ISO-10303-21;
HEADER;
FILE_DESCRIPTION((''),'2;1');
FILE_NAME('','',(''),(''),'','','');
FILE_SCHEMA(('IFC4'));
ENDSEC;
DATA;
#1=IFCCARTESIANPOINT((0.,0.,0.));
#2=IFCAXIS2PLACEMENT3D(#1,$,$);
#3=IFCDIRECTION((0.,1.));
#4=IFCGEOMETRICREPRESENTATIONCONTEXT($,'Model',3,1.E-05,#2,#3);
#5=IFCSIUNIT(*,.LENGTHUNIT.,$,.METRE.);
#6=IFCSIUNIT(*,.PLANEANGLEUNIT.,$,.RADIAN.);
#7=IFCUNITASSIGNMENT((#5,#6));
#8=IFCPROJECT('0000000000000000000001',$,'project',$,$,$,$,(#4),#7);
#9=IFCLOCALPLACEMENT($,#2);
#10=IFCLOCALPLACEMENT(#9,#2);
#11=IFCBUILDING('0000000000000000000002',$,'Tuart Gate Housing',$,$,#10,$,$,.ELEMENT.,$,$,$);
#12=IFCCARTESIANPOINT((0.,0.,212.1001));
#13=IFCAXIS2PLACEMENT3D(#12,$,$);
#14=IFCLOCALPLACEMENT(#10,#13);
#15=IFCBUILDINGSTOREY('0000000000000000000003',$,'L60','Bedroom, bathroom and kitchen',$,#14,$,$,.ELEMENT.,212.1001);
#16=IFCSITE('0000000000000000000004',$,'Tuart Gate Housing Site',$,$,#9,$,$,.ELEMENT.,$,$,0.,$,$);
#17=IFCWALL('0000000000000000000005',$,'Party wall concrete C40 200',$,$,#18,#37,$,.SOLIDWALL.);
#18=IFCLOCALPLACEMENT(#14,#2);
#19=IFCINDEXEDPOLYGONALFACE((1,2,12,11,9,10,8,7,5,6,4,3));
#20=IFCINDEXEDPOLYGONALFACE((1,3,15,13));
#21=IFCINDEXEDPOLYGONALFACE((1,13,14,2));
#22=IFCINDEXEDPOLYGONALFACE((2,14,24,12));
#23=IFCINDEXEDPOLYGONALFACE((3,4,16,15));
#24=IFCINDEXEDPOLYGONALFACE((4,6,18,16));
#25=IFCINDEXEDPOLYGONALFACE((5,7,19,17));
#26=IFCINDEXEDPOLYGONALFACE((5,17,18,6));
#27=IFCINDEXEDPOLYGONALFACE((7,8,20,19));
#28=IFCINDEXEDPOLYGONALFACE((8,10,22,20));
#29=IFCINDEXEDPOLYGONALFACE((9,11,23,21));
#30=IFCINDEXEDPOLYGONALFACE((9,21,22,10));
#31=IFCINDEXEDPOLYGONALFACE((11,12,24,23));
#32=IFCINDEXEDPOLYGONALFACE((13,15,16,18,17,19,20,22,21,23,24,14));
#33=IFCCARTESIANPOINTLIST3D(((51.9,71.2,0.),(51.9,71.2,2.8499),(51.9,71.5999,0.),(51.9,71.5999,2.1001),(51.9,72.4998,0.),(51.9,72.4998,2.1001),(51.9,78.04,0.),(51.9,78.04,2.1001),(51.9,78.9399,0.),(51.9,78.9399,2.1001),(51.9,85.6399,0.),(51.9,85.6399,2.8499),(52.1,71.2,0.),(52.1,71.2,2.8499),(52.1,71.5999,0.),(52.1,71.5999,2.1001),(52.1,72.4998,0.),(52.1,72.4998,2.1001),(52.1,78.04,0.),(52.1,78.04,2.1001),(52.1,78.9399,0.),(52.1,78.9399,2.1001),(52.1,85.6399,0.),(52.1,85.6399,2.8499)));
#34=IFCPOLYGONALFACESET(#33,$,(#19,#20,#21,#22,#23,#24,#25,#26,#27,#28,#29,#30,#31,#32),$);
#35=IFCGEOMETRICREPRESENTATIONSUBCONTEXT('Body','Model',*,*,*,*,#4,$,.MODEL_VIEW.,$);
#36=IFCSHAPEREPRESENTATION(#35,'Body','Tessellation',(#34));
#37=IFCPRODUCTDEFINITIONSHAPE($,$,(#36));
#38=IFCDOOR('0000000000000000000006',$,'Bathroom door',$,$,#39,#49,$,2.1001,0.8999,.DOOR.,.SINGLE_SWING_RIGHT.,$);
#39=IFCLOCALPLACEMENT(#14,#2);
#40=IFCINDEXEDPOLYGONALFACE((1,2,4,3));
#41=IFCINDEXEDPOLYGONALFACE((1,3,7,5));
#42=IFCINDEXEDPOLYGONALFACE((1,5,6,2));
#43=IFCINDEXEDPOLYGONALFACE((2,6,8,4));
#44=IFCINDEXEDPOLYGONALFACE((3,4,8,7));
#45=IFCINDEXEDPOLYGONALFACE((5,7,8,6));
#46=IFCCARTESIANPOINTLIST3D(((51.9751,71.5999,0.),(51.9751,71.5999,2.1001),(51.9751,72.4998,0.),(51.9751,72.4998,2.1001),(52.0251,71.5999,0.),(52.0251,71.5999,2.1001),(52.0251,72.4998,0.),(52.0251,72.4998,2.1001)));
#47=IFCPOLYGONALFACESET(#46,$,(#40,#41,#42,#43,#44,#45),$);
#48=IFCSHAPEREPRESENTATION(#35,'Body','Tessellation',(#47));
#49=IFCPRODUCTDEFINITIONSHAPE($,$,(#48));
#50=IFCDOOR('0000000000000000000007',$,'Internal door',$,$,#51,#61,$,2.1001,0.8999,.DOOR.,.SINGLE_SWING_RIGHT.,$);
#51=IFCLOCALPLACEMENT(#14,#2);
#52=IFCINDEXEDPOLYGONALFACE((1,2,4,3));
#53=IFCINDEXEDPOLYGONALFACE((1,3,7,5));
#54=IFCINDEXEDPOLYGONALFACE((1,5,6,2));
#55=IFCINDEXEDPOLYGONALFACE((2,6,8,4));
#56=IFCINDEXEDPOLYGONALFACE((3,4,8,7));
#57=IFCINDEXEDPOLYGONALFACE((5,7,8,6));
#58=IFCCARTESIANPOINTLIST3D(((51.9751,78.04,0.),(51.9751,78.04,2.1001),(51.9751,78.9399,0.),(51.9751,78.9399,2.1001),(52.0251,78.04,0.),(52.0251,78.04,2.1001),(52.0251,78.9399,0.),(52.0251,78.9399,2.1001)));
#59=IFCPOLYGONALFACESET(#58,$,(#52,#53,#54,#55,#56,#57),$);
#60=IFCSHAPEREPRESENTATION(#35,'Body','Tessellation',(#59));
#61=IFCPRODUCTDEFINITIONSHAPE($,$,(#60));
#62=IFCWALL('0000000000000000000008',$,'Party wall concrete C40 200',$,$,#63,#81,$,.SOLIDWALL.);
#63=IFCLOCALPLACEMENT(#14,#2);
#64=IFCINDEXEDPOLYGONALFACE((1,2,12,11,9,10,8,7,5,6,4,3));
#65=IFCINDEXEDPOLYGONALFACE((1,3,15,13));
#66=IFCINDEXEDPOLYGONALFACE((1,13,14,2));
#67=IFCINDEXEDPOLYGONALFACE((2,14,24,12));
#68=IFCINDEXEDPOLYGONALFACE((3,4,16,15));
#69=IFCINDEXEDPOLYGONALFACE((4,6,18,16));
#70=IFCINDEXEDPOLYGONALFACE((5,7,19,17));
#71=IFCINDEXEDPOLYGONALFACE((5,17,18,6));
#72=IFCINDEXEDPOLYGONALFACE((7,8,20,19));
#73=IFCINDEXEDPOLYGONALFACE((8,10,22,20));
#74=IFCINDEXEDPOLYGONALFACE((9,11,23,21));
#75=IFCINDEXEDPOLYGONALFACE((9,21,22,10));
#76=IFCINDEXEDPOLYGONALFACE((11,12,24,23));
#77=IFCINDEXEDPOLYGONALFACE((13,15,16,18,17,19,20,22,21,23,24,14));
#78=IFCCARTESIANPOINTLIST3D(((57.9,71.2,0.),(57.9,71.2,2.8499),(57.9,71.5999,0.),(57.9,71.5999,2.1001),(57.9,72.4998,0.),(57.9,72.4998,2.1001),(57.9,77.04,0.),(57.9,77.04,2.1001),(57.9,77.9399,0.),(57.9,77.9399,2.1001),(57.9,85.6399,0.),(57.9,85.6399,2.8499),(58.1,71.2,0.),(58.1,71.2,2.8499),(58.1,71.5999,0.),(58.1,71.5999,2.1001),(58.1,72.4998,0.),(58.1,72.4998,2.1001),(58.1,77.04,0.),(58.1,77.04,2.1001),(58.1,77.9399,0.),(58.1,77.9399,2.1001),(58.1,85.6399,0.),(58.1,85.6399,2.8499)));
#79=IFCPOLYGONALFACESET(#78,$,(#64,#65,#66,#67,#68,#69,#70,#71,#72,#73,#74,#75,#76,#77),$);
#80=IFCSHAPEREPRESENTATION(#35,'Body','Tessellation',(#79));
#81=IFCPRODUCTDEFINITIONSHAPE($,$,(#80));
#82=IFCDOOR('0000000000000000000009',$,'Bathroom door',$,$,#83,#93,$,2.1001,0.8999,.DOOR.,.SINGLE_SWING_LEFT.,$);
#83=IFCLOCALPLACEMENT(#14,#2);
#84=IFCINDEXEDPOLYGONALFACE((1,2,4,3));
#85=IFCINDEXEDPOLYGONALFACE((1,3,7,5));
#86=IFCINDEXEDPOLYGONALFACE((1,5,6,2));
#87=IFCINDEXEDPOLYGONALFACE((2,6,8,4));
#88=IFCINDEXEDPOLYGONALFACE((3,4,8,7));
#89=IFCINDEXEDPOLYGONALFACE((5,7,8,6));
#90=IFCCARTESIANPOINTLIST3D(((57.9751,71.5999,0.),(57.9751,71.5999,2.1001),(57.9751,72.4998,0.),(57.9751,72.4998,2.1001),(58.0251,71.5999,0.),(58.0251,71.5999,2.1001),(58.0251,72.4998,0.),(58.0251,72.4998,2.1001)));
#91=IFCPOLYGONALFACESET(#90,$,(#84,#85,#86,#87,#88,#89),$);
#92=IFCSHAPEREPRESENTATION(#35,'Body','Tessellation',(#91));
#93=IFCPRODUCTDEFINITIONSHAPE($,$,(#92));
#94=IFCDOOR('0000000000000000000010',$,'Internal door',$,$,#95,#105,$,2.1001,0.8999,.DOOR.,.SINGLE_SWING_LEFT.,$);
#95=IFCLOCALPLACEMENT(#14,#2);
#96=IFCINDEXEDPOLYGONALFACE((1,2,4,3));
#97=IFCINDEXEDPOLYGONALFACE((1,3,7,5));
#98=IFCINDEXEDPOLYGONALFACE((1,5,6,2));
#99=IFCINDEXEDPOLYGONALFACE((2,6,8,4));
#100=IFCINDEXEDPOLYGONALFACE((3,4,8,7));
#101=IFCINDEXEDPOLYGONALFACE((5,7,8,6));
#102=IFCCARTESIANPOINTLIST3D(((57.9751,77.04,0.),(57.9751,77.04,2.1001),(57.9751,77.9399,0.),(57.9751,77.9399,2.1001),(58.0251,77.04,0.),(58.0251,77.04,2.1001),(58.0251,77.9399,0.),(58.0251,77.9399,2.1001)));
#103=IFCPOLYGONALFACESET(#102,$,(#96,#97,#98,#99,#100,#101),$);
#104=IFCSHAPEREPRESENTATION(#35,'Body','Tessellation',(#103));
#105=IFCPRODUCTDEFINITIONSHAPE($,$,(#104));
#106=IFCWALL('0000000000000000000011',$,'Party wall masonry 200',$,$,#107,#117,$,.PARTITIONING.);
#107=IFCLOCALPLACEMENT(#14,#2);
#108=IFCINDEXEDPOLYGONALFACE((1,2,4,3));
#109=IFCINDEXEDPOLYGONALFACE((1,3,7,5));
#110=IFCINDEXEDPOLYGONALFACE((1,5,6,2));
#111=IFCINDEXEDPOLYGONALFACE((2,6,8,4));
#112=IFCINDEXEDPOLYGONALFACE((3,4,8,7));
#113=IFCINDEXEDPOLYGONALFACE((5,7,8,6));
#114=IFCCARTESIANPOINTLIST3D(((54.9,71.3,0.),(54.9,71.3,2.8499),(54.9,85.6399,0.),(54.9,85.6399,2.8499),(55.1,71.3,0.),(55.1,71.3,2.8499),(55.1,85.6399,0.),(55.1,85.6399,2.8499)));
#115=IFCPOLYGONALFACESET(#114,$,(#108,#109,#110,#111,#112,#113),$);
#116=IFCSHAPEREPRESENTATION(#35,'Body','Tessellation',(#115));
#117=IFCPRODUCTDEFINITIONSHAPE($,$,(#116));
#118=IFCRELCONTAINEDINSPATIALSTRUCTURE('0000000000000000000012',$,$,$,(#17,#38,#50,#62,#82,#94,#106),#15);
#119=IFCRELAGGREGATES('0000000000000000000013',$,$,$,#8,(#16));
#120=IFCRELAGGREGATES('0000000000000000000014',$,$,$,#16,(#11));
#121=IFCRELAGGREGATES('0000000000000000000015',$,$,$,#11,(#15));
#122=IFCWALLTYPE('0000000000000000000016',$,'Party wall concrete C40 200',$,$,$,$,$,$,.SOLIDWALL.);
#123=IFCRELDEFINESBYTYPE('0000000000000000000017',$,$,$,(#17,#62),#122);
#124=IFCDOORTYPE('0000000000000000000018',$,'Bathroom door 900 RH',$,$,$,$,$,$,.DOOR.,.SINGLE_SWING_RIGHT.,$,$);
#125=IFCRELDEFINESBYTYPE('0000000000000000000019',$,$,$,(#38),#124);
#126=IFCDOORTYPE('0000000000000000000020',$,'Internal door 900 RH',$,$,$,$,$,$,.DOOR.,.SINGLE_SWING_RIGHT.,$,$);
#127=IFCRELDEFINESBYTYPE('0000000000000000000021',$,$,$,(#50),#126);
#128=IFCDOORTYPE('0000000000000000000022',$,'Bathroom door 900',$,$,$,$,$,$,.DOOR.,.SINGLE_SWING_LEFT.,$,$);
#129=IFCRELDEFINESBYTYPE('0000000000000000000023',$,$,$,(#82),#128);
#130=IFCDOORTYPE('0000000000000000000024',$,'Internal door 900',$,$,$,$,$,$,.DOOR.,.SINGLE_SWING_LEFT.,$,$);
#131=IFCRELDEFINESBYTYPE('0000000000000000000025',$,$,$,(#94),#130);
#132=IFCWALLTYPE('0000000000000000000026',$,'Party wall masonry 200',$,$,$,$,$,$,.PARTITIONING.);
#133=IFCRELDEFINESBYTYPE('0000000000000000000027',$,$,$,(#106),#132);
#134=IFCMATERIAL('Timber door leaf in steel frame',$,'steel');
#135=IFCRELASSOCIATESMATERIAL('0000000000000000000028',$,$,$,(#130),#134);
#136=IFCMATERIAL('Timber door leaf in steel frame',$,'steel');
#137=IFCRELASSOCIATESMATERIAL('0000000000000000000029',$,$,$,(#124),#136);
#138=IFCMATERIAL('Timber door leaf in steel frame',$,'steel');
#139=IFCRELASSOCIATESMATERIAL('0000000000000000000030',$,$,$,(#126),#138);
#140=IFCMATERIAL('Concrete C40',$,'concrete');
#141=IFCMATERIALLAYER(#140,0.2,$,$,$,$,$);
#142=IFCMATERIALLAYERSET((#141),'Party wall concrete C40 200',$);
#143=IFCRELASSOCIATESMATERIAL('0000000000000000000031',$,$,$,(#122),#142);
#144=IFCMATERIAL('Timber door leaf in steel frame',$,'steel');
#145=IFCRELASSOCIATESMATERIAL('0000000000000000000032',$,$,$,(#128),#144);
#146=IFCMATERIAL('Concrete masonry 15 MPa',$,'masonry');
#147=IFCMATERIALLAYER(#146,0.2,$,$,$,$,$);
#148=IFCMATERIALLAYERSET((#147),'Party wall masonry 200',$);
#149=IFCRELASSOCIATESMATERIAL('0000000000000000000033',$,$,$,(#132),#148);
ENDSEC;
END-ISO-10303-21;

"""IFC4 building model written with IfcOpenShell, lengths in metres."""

from ifc_helpers import new_model, si_unit, direction, frame, frame_2d, origin, place, context, subcontext, project, spatial, rectangle, extrude, material, layer, layer_set, type_object, element, fill, save


model = new_model("IFC4")

# Units and contexts
model_context = context("Model", 3, precision=1e-05, world=origin(), true_north=direction((0.0, 1.0)))
body_context = subcontext(model_context, "Body", "Model", "MODEL_VIEW")
ifc_project = project(units=[si_unit("LENGTHUNIT", "METRE"), si_unit("PLANEANGLEUNIT", "RADIAN")], contexts=[model_context])

# Site, building, storey
site_placement = place(None, origin())
site = spatial("IfcSite", under=ifc_project, at=site_placement, Name="Tuart Gate Housing Site", CompositionType="ELEMENT", RefElevation=0.0)
building_placement = place(site_placement, origin())
building = spatial("IfcBuilding", under=site, at=building_placement, Name="Tuart Gate Housing", CompositionType="ELEMENT")
storey_placement = place(building_placement, frame((0.0, 0.0, 212.1001)))
storey = spatial("IfcBuildingStorey", under=building, at=storey_placement, Name="L60", Description="Bedroom, bathroom and kitchen", CompositionType="ELEMENT", Elevation=212.1001)

# Shared definitions
ifc_material_1 = material(Name="Timber door leaf in steel frame", Category="steel")
door_type_1 = type_object("IfcDoorType", Name="Internal door 900", OperationType="SINGLE_SWING_LEFT", PredefinedType="DOOR", material=ifc_material_1)

# Walls, openings, doors
ifc_material_2 = material(Name="Timber door leaf in steel frame", Category="steel")
door_type_2 = type_object("IfcDoorType", Name="Bathroom door 900 RH", OperationType="SINGLE_SWING_RIGHT", PredefinedType="DOOR", material=ifc_material_2)
ifc_material_3 = material(Name="Timber door leaf in steel frame", Category="steel")
door_type_3 = type_object("IfcDoorType", Name="Internal door 900 RH", OperationType="SINGLE_SWING_RIGHT", PredefinedType="DOOR", material=ifc_material_3)
ifc_material_4 = material(Name="Concrete C40", Category="concrete")
ifc_layer_1 = layer(ifc_material_4, 0.2)
ifc_layer_set_1 = layer_set([ifc_layer_1], Name="Party wall concrete C40 200")
wall_type_1 = type_object("IfcWallType", Name="Party wall concrete C40 200", PredefinedType="SOLIDWALL", material=ifc_layer_set_1)
wall_1_placement = place(storey_placement, frame((52.0, 71.2, 0.0), z_axis=(0.0, 0.0, 1.0), x_axis=(0.0, 1.0, 0.0)))
wall_1 = element("IfcWall", 1, at=wall_1_placement, inside=storey, type_object=wall_type_1, Name="Party wall concrete C40 200", PredefinedType="SOLIDWALL", context=body_context, shape_type="SweptSolid", body=[
    extrude(rectangle(XDim=14.4399, YDim=0.2, at=frame_2d((7.22, 0.0))), origin(), (0.0, 0.0, 1.0), 2.8499),
])
opening_1_placement = place(wall_1_placement, frame((6.8401, 0.0, 0.0)))
opening_1 = element("IfcOpeningElement", 2, at=opening_1_placement, cuts=wall_1, PredefinedType="OPENING", context=body_context, shape_type="SweptSolid", body=[
    extrude(rectangle(XDim=0.8999, YDim=2.1001, at=frame_2d((0.45, 1.05))), frame((0.0, 0.1099, 0.0), z_axis=(0.0, -1.0, 0.0), x_axis=(1.0, 0.0, 0.0)), (0.0, 0.0, 1.0), 0.22),
])
opening_2_placement = place(wall_1_placement, frame((0.3999, 0.0, 0.0)))
opening_2 = element("IfcOpeningElement", 3, at=opening_2_placement, cuts=wall_1, PredefinedType="OPENING", context=body_context, shape_type="SweptSolid", body=[
    extrude(rectangle(XDim=0.8999, YDim=2.1001, at=frame_2d((0.45, 1.05))), frame((0.0, 0.1099, 0.0), z_axis=(0.0, -1.0, 0.0), x_axis=(1.0, 0.0, 0.0)), (0.0, 0.0, 1.0), 0.22),
])
door_1_placement = place(opening_2_placement, frame((0.8999, 0.0, 0.0), z_axis=(0.0, 0.0, 1.0), x_axis=(-1.0, 0.0, 0.0)))
door_1 = element("IfcDoor", 4, at=door_1_placement, inside=storey, type_object=door_type_2, Name="Bathroom door", OperationType="SINGLE_SWING_RIGHT", OverallHeight=2.1001, OverallWidth=0.8999, PredefinedType="DOOR", context=body_context, shape_type="SweptSolid", body=[
    extrude(rectangle(XDim=0.8999, YDim=2.1001, at=frame_2d((0.45, 1.05))), frame((0.0, 0.0251, 0.0), z_axis=(0.0, -1.0, 0.0), x_axis=(1.0, 0.0, 0.0)), (0.0, 0.0, 1.0), 0.05),
])
fill(opening_2, door_1)
door_2_placement = place(opening_1_placement, frame((0.8999, 0.0, 0.0), z_axis=(0.0, 0.0, 1.0), x_axis=(-1.0, 0.0, 0.0)))
door_2 = element("IfcDoor", 5, at=door_2_placement, inside=storey, type_object=door_type_3, Name="Internal door", OperationType="SINGLE_SWING_RIGHT", OverallHeight=2.1001, OverallWidth=0.8999, PredefinedType="DOOR", context=body_context, shape_type="SweptSolid", body=[
    extrude(rectangle(XDim=0.8999, YDim=2.1001, at=frame_2d((0.45, 1.05))), frame((0.0, 0.0251, 0.0), z_axis=(0.0, -1.0, 0.0), x_axis=(1.0, 0.0, 0.0)), (0.0, 0.0, 1.0), 0.05),
])
fill(opening_1, door_2)
wall_2_placement = place(storey_placement, frame((58.0, 71.2, 0.0), z_axis=(0.0, 0.0, 1.0), x_axis=(0.0, 1.0, 0.0)))
wall_2 = element("IfcWall", 6, at=wall_2_placement, inside=storey, type_object=wall_type_1, Name="Party wall concrete C40 200", PredefinedType="SOLIDWALL", context=body_context, shape_type="SweptSolid", body=[
    extrude(rectangle(XDim=14.4399, YDim=0.2, at=frame_2d((7.22, 0.0))), origin(), (0.0, 0.0, 1.0), 2.8499),
])
opening_3_placement = place(wall_2_placement, frame((5.8401, 0.0, 0.0)))
opening_3 = element("IfcOpeningElement", 7, at=opening_3_placement, cuts=wall_2, PredefinedType="OPENING", context=body_context, shape_type="SweptSolid", body=[
    extrude(rectangle(XDim=0.8999, YDim=2.1001, at=frame_2d((0.45, 1.05))), frame((0.0, 0.1099, 0.0), z_axis=(0.0, -1.0, 0.0), x_axis=(1.0, 0.0, 0.0)), (0.0, 0.0, 1.0), 0.22),
])
opening_4_placement = place(wall_2_placement, frame((0.3999, 0.0, 0.0)))
opening_4 = element("IfcOpeningElement", 8, at=opening_4_placement, cuts=wall_2, PredefinedType="OPENING", context=body_context, shape_type="SweptSolid", body=[
    extrude(rectangle(XDim=0.8999, YDim=2.1001, at=frame_2d((0.45, 1.05))), frame((0.0, 0.1099, 0.0), z_axis=(0.0, -1.0, 0.0), x_axis=(1.0, 0.0, 0.0)), (0.0, 0.0, 1.0), 0.22),
])
ifc_material_5 = material(Name="Timber door leaf in steel frame", Category="steel")
door_type_4 = type_object("IfcDoorType", Name="Bathroom door 900", OperationType="SINGLE_SWING_LEFT", PredefinedType="DOOR", material=ifc_material_5)
door_3_placement = place(opening_4_placement, origin())
door_3 = element("IfcDoor", 9, at=door_3_placement, inside=storey, type_object=door_type_4, Name="Bathroom door", OperationType="SINGLE_SWING_LEFT", OverallHeight=2.1001, OverallWidth=0.8999, PredefinedType="DOOR", context=body_context, shape_type="SweptSolid", body=[
    extrude(rectangle(XDim=0.8999, YDim=2.1001, at=frame_2d((0.45, 1.05))), frame((0.0, 0.0249, 0.0), z_axis=(0.0, -1.0, 0.0), x_axis=(1.0, 0.0, 0.0)), (0.0, 0.0, 1.0), 0.05),
])
fill(opening_4, door_3)
door_4_placement = place(opening_3_placement, origin())
door_4 = element("IfcDoor", 10, at=door_4_placement, inside=storey, type_object=door_type_1, Name="Internal door", OperationType="SINGLE_SWING_LEFT", OverallHeight=2.1001, OverallWidth=0.8999, PredefinedType="DOOR", context=body_context, shape_type="SweptSolid", body=[
    extrude(rectangle(XDim=0.8999, YDim=2.1001, at=frame_2d((0.45, 1.05))), frame((0.0, 0.0249, 0.0), z_axis=(0.0, -1.0, 0.0), x_axis=(1.0, 0.0, 0.0)), (0.0, 0.0, 1.0), 0.05),
])
fill(opening_3, door_4)

# Wall
ifc_material_6 = material(Name="Concrete masonry 15 MPa", Category="masonry")
ifc_layer_2 = layer(ifc_material_6, 0.2)
ifc_layer_set_2 = layer_set([ifc_layer_2], Name="Party wall masonry 200")
wall_type_2 = type_object("IfcWallType", Name="Party wall masonry 200", PredefinedType="PARTITIONING", material=ifc_layer_set_2)
wall_3_placement = place(storey_placement, frame((55.0, 71.3, 0.0), z_axis=(0.0, 0.0, 1.0), x_axis=(0.0, 1.0, 0.0)))
element("IfcWall", 11, at=wall_3_placement, inside=storey, type_object=wall_type_2, Name="Party wall masonry 200", PredefinedType="PARTITIONING", context=body_context, shape_type="SweptSolid", body=[
    extrude(rectangle(XDim=14.3398, YDim=0.2, at=frame_2d((7.1699, 0.0))), origin(), (0.0, 0.0, 1.0), 2.8499),
])

save(model, "model.ifc")
